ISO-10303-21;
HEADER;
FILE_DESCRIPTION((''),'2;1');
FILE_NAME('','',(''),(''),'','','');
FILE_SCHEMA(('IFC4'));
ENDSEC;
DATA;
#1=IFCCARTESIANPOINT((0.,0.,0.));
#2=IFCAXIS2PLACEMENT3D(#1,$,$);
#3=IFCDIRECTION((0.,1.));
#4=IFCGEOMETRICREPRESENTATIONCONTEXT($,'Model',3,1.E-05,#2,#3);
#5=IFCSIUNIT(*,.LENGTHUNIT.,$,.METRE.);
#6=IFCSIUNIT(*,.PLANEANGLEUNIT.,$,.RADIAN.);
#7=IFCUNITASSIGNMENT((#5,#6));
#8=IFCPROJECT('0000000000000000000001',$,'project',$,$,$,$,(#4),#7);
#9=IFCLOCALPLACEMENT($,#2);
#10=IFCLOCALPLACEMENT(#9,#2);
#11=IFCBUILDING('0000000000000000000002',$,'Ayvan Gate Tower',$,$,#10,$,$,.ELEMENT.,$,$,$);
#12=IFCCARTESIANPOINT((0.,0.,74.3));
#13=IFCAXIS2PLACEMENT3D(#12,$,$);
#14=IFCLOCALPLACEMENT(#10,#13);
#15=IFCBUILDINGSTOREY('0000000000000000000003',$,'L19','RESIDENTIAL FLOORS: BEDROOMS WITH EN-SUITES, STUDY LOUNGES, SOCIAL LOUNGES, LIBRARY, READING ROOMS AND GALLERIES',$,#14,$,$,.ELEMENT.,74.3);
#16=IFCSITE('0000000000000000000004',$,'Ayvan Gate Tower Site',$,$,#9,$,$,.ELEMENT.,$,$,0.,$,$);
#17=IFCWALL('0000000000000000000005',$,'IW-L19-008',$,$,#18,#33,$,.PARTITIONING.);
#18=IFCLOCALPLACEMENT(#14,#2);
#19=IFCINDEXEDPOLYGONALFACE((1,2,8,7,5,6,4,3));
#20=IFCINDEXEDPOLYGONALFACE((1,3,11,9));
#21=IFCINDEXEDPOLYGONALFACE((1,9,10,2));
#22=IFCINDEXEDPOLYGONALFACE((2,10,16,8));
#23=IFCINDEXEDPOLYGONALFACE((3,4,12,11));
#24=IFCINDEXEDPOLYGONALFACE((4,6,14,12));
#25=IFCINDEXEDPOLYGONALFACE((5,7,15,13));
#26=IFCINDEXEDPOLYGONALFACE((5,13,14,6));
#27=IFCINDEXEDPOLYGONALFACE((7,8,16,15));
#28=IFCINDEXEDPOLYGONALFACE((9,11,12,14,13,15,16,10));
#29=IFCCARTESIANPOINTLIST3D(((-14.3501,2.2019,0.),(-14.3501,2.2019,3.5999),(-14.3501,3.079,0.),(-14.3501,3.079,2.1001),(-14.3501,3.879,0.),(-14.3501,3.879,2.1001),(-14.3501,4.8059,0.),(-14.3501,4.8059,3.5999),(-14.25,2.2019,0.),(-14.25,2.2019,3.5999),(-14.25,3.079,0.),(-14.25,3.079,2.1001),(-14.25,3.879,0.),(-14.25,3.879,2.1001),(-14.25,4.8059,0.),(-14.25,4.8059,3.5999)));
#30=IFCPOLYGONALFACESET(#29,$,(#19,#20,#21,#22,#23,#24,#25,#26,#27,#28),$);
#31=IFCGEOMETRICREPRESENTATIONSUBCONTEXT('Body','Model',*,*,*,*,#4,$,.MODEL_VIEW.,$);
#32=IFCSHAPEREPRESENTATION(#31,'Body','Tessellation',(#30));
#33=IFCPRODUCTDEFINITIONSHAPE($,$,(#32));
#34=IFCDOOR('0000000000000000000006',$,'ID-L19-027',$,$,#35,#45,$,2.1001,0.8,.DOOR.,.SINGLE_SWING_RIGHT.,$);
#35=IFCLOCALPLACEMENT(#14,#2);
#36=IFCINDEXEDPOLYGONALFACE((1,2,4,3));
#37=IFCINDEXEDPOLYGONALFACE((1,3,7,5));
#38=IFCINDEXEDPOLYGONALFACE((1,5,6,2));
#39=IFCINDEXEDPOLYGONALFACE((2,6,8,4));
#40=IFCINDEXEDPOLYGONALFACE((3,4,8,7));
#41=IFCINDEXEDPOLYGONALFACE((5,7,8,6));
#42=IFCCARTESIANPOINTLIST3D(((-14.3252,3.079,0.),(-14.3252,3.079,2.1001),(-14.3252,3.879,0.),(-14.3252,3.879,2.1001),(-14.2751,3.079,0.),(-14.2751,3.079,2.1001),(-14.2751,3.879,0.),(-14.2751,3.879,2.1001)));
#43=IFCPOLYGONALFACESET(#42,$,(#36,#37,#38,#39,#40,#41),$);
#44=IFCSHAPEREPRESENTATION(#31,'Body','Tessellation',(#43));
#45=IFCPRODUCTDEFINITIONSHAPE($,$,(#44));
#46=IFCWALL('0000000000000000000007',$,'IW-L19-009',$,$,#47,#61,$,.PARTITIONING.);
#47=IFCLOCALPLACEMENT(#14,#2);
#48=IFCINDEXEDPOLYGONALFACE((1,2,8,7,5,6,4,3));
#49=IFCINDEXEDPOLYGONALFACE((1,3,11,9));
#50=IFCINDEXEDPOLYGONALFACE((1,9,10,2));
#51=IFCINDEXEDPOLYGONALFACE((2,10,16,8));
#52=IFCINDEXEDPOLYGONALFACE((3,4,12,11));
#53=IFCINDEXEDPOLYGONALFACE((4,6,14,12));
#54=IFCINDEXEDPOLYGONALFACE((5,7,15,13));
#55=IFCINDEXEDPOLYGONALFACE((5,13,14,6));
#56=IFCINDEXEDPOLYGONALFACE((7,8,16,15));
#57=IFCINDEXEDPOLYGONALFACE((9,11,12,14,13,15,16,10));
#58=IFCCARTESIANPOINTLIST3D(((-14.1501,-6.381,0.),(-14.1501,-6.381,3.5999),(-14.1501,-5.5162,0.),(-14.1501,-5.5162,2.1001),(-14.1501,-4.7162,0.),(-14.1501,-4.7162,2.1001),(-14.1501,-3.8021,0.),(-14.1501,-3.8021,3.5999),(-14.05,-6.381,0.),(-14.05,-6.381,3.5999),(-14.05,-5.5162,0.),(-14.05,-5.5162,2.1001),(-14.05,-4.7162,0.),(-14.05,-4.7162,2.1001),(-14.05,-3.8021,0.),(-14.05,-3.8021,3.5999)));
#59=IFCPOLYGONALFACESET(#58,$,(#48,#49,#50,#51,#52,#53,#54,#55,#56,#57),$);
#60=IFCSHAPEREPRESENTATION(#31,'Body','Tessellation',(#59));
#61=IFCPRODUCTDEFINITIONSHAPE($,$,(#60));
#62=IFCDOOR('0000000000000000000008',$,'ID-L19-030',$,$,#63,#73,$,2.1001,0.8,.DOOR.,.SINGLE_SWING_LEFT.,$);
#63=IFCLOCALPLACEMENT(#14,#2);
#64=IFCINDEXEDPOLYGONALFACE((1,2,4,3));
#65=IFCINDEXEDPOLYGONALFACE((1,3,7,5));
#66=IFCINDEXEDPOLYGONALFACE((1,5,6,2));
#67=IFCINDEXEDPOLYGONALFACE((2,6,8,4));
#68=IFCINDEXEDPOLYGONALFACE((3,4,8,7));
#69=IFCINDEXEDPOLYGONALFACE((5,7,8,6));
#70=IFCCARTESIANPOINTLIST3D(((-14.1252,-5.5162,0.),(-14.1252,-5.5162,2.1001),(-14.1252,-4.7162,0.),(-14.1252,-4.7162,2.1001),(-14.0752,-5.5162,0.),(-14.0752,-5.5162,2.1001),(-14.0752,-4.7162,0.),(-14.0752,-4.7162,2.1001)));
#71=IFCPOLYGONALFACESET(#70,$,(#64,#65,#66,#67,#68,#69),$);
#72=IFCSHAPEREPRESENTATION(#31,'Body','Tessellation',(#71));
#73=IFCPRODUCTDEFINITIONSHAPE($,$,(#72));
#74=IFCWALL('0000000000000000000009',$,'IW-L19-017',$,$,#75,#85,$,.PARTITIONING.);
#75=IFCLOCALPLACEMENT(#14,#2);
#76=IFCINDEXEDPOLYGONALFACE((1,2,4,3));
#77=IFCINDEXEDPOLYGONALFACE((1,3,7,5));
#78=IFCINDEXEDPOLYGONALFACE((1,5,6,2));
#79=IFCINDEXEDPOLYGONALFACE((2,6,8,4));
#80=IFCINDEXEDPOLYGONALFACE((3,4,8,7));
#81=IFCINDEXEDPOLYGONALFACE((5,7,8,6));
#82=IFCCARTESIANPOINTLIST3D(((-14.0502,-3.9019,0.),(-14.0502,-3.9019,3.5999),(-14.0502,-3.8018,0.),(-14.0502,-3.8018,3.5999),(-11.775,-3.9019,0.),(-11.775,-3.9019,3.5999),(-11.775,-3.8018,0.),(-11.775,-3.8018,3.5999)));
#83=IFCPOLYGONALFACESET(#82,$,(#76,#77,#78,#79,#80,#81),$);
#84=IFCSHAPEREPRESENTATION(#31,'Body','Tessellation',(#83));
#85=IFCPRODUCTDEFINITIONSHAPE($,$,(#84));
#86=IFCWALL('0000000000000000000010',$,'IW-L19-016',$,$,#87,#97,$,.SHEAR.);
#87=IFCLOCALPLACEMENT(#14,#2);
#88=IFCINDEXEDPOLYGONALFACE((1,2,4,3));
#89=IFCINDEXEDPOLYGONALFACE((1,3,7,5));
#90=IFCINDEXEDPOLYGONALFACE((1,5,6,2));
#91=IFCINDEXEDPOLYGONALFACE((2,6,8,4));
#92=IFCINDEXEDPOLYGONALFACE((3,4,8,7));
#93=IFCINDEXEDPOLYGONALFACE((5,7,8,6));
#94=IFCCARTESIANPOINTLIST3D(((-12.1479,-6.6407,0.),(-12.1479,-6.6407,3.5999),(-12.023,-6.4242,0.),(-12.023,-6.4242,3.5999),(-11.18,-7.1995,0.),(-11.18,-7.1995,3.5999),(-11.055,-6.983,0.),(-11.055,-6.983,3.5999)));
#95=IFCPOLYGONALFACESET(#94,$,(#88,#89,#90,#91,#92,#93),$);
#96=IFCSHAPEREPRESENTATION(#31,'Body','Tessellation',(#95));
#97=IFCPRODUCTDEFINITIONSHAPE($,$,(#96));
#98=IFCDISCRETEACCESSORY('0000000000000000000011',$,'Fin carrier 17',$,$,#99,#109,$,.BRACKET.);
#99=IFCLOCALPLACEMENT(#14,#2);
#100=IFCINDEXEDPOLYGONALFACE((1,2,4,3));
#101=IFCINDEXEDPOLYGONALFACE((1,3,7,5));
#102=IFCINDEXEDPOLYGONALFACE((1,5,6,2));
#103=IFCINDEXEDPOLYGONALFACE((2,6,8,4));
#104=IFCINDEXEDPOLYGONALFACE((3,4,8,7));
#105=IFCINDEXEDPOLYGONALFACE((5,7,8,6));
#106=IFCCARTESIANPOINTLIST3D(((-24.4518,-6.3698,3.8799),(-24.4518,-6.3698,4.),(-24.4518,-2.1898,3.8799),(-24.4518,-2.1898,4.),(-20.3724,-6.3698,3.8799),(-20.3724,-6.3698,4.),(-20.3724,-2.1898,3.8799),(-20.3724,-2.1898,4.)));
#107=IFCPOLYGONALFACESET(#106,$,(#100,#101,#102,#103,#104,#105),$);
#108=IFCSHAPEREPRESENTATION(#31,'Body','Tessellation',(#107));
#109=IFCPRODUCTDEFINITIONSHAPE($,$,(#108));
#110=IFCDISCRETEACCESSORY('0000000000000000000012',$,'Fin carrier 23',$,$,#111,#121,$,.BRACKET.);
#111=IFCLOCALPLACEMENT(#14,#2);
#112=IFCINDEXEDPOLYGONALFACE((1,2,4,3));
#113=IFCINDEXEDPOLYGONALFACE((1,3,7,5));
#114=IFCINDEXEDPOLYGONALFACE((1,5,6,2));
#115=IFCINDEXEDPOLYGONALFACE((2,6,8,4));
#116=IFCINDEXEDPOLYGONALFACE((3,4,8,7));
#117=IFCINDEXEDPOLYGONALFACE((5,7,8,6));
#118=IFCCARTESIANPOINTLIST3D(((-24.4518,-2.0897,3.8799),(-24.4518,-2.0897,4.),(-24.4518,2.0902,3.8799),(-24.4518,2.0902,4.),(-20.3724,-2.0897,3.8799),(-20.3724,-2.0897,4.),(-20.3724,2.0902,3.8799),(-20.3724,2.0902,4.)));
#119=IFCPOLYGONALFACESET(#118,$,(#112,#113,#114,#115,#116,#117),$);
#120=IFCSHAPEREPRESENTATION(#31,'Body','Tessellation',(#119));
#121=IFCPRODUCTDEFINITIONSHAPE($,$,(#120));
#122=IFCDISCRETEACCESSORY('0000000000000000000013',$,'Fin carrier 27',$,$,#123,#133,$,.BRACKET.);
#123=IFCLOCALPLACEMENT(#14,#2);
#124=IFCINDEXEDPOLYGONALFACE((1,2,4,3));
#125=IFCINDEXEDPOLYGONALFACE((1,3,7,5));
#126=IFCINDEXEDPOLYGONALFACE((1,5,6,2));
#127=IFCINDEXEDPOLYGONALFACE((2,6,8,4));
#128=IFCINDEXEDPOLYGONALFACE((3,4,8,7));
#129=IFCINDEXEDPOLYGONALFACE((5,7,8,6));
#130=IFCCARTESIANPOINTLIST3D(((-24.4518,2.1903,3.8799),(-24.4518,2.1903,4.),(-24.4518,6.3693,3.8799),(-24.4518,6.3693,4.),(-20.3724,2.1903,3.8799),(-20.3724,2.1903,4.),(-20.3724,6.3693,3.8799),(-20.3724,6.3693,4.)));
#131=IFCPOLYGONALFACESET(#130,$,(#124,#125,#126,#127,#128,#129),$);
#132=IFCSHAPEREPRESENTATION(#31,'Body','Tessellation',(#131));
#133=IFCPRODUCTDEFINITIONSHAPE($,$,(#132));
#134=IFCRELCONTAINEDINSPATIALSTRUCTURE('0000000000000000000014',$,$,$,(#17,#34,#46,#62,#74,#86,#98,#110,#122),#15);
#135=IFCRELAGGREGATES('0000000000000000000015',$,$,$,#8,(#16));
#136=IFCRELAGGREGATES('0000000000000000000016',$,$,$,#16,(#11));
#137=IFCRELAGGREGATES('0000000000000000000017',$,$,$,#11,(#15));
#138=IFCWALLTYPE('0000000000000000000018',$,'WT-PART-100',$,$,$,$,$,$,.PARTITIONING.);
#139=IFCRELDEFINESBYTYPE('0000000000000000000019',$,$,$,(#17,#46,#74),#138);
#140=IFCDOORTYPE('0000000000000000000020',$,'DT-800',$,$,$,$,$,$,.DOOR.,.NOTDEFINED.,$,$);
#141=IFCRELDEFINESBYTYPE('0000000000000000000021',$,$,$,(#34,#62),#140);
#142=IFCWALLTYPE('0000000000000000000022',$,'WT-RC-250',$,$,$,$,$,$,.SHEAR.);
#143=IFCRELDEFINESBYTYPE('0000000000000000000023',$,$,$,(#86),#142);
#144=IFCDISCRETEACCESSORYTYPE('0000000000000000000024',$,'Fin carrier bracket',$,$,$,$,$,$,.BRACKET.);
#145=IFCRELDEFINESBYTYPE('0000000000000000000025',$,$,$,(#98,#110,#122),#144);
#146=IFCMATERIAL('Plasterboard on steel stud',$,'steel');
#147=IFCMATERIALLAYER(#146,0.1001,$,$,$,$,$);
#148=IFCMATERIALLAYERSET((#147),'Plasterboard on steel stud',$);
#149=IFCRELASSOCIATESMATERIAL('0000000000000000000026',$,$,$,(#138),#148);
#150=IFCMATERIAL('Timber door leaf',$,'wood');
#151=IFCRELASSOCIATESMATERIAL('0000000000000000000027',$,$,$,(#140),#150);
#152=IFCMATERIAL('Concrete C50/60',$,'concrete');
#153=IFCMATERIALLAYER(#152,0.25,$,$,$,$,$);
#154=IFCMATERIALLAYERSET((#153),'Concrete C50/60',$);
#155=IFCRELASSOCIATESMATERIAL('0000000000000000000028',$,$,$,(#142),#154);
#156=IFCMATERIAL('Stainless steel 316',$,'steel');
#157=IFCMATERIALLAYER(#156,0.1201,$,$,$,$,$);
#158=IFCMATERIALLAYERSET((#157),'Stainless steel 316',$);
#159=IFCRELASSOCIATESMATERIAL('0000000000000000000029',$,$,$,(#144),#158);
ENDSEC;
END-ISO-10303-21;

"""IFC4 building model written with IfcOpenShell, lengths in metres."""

from ifc_helpers import new_model, si_unit, direction, frame, frame_2d, origin, origin_2d, place, context, subcontext, project, spatial, rectangle, extrude, material, layer, layer_set, type_object, element, fill, save


model = new_model("IFC4")

# Units and contexts
model_context = context("Model", 3, precision=1e-05, world=origin(), true_north=direction((0.0, 1.0)))
body_context = subcontext(model_context, "Body", "Model", "MODEL_VIEW")
ifc_project = project(units=[si_unit("LENGTHUNIT", "METRE"), si_unit("PLANEANGLEUNIT", "RADIAN")], contexts=[model_context])

# Site, building, storey
site_placement = place(None, origin())
site = spatial("IfcSite", under=ifc_project, at=site_placement, Name="Ayvan Gate Tower Site", CompositionType="ELEMENT", RefElevation=0.0)
building_placement = place(site_placement, origin())
building = spatial("IfcBuilding", under=site, at=building_placement, Name="Ayvan Gate Tower", CompositionType="ELEMENT")
storey_placement = place(building_placement, frame((0.0, 0.0, 74.3)))
storey = spatial("IfcBuildingStorey", under=building, at=storey_placement, Name="L19", Description="RESIDENTIAL FLOORS: BEDROOMS WITH EN-SUITES, STUDY LOUNGES, SOCIAL LOUNGES, LIBRARY, READING ROOMS AND GALLERIES", CompositionType="ELEMENT", Elevation=74.3)

# Shared definitions
ifc_material_1 = material(Name="Plasterboard on steel stud", Category="steel")
ifc_material_2 = material(Name="Timber door leaf", Category="wood")

# Shared definitions
ifc_layer_1 = layer(ifc_material_1, 0.1001)
ifc_layer_set_1 = layer_set([ifc_layer_1], Name="Plasterboard on steel stud")
wall_type_1 = type_object("IfcWallType", Name="WT-PART-100", PredefinedType="PARTITIONING", material=ifc_layer_set_1)

# Walls, openings, doors
wall_1_placement = place(storey_placement, frame((-14.3, 4.8059, 0.0), z_axis=(0.0, 0.0, 1.0), x_axis=(0.0, -1.0, 0.0)))
wall_1 = element("IfcWall", 1, at=wall_1_placement, inside=storey, type_object=wall_type_1, Name="IW-L19-008", PredefinedType="PARTITIONING", context=body_context, shape_type="SweptSolid", body=[
    extrude(rectangle(XDim=2.604, YDim=0.1001, at=frame_2d((1.302, 0.0))), origin(), (0.0, 0.0, 1.0), 3.5999),
])
opening_1_placement = place(wall_1_placement, frame((0.927, 0.0, 0.0)))
opening_1 = element("IfcOpeningElement", 2, at=opening_1_placement, cuts=wall_1, PredefinedType="OPENING", context=body_context, shape_type="SweptSolid", body=[
    extrude(rectangle(XDim=0.8, YDim=2.1001, at=frame_2d((0.3999, 1.05))), frame((0.0, 0.0601, 0.0), z_axis=(0.0, -1.0, 0.0), x_axis=(1.0, 0.0, 0.0)), (0.0, 0.0, 1.0), 0.1201),
])
door_type_1 = type_object("IfcDoorType", Name="DT-800", OperationType="NOTDEFINED", PredefinedType="DOOR", material=ifc_material_2)
door_1_placement = place(opening_1_placement, origin())
door_1 = element("IfcDoor", 3, at=door_1_placement, inside=storey, type_object=door_type_1, Name="ID-L19-027", OperationType="SINGLE_SWING_RIGHT", OverallHeight=2.1001, OverallWidth=0.8, PredefinedType="DOOR", context=body_context, shape_type="SweptSolid", body=[
    extrude(rectangle(XDim=0.8, YDim=2.1001, at=frame_2d((0.3999, 1.05))), frame((0.0, 0.0249, 0.0), z_axis=(0.0, -1.0, 0.0), x_axis=(1.0, 0.0, 0.0)), (0.0, 0.0, 1.0), 0.05),
])
fill(opening_1, door_1)
wall_2_placement = place(storey_placement, frame((-14.1001, -3.802, 0.0), z_axis=(0.0, 0.0, 1.0), x_axis=(0.0, -1.0, 0.0)))
wall_2 = element("IfcWall", 4, at=wall_2_placement, inside=storey, type_object=wall_type_1, Name="IW-L19-009", PredefinedType="PARTITIONING", context=body_context, shape_type="SweptSolid", body=[
    extrude(rectangle(XDim=2.5789, YDim=0.1001, at=frame_2d((1.2896, 0.0))), origin(), (0.0, 0.0, 1.0), 3.5999),
])
opening_2_placement = place(wall_2_placement, frame((0.9143, 0.0, 0.0)))
opening_2 = element("IfcOpeningElement", 5, at=opening_2_placement, cuts=wall_2, PredefinedType="OPENING", context=body_context, shape_type="SweptSolid", body=[
    extrude(rectangle(XDim=0.8, YDim=2.1001, at=frame_2d((0.3999, 1.05))), frame((0.0, 0.0601, 0.0), z_axis=(0.0, -1.0, 0.0), x_axis=(1.0, 0.0, 0.0)), (0.0, 0.0, 1.0), 0.1201),
])
door_2_placement = place(opening_2_placement, origin())
door_2 = element("IfcDoor", 6, at=door_2_placement, inside=storey, type_object=door_type_1, Name="ID-L19-030", OperationType="SINGLE_SWING_LEFT", OverallHeight=2.1001, OverallWidth=0.8, PredefinedType="DOOR", context=body_context, shape_type="SweptSolid", body=[
    extrude(rectangle(XDim=0.8, YDim=2.1001, at=frame_2d((0.3999, 1.05))), frame((0.0, 0.0249, 0.0), z_axis=(0.0, -1.0, 0.0), x_axis=(1.0, 0.0, 0.0)), (0.0, 0.0, 1.0), 0.05),
])
fill(opening_2, door_2)

# Walls
wall_3_placement = place(storey_placement, frame((-11.7749, -3.8518, 0.0), z_axis=(0.0, 0.0, 1.0), x_axis=(-1.0, 0.0, 0.0)))
element("IfcWall", 7, at=wall_3_placement, inside=storey, type_object=wall_type_1, Name="IW-L19-017", PredefinedType="PARTITIONING", context=body_context, shape_type="SweptSolid", body=[
    extrude(rectangle(XDim=2.2751, YDim=0.1001, at=frame_2d((1.1377, 0.0))), origin(), (0.0, 0.0, 1.0), 3.5999),
])
ifc_material_3 = material(Name="Concrete C50/60", Category="concrete")
ifc_layer_2 = layer(ifc_material_3, 0.25)
ifc_layer_set_2 = layer_set([ifc_layer_2], Name="Concrete C50/60")
wall_type_2 = type_object("IfcWallType", Name="WT-RC-250", PredefinedType="SHEAR", material=ifc_layer_set_2)
wall_4_placement = place(storey_placement, frame((-12.0854, -6.5325, 0.0), z_axis=(0.0, 0.0, 1.0), x_axis=(0.866044, -0.499968, 0.0)))
element("IfcWall", 8, at=wall_4_placement, inside=storey, type_object=wall_type_2, Name="IW-L19-016", PredefinedType="SHEAR", context=body_context, shape_type="SweptSolid", body=[
    extrude(rectangle(XDim=1.1177, YDim=0.25, at=frame_2d((0.5588, 0.0))), origin(), (0.0, 0.0, 1.0), 3.5999),
])

# Discrete accessories
ifc_material_4 = material(Name="Stainless steel 316", Category="steel")
ifc_layer_3 = layer(ifc_material_4, 0.1201)
ifc_layer_set_3 = layer_set([ifc_layer_3], Name="Stainless steel 316")
discrete_accessory_type = type_object("IfcDiscreteAccessoryType", Name="Fin carrier bracket", PredefinedType="BRACKET", material=ifc_layer_set_3)
for number, where, z_axis, x_axis, name in (
    (9, (-22.4121, -4.2798, 3.8799), (0.0, 0.0, 1.0), (0.0, -1.0, 0.0), "Fin carrier 17"),
    (10, (-22.4121, 0.0002, 3.8799), (0.0, 0.0, 1.0), (0.0, -1.0, 0.0), "Fin carrier 23"),
):
    element("IfcDiscreteAccessory", number, at=place(storey_placement, frame(where, z_axis=z_axis, x_axis=x_axis)), inside=storey, type_object=discrete_accessory_type, Name=name, PredefinedType="BRACKET", context=body_context, shape_type="SweptSolid", body=[
        extrude(rectangle(XDim=4.1799, YDim=4.0793, at=origin_2d()), origin(), (0.0, 0.0, 1.0), 0.1201),
    ])
discrete_accessory_placement = place(storey_placement, frame((-22.4121, 4.2798, 3.8799), z_axis=(0.0, 0.0, 1.0), x_axis=(0.0, -1.0, 0.0)))
element("IfcDiscreteAccessory", 11, at=discrete_accessory_placement, inside=storey, type_object=discrete_accessory_type, Name="Fin carrier 27", PredefinedType="BRACKET", context=body_context, shape_type="SweptSolid", body=[
    extrude(rectangle(XDim=4.179, YDim=4.0793, at=origin_2d()), origin(), (0.0, 0.0, 1.0), 0.1201),
])

save(model, "model.ifc")
